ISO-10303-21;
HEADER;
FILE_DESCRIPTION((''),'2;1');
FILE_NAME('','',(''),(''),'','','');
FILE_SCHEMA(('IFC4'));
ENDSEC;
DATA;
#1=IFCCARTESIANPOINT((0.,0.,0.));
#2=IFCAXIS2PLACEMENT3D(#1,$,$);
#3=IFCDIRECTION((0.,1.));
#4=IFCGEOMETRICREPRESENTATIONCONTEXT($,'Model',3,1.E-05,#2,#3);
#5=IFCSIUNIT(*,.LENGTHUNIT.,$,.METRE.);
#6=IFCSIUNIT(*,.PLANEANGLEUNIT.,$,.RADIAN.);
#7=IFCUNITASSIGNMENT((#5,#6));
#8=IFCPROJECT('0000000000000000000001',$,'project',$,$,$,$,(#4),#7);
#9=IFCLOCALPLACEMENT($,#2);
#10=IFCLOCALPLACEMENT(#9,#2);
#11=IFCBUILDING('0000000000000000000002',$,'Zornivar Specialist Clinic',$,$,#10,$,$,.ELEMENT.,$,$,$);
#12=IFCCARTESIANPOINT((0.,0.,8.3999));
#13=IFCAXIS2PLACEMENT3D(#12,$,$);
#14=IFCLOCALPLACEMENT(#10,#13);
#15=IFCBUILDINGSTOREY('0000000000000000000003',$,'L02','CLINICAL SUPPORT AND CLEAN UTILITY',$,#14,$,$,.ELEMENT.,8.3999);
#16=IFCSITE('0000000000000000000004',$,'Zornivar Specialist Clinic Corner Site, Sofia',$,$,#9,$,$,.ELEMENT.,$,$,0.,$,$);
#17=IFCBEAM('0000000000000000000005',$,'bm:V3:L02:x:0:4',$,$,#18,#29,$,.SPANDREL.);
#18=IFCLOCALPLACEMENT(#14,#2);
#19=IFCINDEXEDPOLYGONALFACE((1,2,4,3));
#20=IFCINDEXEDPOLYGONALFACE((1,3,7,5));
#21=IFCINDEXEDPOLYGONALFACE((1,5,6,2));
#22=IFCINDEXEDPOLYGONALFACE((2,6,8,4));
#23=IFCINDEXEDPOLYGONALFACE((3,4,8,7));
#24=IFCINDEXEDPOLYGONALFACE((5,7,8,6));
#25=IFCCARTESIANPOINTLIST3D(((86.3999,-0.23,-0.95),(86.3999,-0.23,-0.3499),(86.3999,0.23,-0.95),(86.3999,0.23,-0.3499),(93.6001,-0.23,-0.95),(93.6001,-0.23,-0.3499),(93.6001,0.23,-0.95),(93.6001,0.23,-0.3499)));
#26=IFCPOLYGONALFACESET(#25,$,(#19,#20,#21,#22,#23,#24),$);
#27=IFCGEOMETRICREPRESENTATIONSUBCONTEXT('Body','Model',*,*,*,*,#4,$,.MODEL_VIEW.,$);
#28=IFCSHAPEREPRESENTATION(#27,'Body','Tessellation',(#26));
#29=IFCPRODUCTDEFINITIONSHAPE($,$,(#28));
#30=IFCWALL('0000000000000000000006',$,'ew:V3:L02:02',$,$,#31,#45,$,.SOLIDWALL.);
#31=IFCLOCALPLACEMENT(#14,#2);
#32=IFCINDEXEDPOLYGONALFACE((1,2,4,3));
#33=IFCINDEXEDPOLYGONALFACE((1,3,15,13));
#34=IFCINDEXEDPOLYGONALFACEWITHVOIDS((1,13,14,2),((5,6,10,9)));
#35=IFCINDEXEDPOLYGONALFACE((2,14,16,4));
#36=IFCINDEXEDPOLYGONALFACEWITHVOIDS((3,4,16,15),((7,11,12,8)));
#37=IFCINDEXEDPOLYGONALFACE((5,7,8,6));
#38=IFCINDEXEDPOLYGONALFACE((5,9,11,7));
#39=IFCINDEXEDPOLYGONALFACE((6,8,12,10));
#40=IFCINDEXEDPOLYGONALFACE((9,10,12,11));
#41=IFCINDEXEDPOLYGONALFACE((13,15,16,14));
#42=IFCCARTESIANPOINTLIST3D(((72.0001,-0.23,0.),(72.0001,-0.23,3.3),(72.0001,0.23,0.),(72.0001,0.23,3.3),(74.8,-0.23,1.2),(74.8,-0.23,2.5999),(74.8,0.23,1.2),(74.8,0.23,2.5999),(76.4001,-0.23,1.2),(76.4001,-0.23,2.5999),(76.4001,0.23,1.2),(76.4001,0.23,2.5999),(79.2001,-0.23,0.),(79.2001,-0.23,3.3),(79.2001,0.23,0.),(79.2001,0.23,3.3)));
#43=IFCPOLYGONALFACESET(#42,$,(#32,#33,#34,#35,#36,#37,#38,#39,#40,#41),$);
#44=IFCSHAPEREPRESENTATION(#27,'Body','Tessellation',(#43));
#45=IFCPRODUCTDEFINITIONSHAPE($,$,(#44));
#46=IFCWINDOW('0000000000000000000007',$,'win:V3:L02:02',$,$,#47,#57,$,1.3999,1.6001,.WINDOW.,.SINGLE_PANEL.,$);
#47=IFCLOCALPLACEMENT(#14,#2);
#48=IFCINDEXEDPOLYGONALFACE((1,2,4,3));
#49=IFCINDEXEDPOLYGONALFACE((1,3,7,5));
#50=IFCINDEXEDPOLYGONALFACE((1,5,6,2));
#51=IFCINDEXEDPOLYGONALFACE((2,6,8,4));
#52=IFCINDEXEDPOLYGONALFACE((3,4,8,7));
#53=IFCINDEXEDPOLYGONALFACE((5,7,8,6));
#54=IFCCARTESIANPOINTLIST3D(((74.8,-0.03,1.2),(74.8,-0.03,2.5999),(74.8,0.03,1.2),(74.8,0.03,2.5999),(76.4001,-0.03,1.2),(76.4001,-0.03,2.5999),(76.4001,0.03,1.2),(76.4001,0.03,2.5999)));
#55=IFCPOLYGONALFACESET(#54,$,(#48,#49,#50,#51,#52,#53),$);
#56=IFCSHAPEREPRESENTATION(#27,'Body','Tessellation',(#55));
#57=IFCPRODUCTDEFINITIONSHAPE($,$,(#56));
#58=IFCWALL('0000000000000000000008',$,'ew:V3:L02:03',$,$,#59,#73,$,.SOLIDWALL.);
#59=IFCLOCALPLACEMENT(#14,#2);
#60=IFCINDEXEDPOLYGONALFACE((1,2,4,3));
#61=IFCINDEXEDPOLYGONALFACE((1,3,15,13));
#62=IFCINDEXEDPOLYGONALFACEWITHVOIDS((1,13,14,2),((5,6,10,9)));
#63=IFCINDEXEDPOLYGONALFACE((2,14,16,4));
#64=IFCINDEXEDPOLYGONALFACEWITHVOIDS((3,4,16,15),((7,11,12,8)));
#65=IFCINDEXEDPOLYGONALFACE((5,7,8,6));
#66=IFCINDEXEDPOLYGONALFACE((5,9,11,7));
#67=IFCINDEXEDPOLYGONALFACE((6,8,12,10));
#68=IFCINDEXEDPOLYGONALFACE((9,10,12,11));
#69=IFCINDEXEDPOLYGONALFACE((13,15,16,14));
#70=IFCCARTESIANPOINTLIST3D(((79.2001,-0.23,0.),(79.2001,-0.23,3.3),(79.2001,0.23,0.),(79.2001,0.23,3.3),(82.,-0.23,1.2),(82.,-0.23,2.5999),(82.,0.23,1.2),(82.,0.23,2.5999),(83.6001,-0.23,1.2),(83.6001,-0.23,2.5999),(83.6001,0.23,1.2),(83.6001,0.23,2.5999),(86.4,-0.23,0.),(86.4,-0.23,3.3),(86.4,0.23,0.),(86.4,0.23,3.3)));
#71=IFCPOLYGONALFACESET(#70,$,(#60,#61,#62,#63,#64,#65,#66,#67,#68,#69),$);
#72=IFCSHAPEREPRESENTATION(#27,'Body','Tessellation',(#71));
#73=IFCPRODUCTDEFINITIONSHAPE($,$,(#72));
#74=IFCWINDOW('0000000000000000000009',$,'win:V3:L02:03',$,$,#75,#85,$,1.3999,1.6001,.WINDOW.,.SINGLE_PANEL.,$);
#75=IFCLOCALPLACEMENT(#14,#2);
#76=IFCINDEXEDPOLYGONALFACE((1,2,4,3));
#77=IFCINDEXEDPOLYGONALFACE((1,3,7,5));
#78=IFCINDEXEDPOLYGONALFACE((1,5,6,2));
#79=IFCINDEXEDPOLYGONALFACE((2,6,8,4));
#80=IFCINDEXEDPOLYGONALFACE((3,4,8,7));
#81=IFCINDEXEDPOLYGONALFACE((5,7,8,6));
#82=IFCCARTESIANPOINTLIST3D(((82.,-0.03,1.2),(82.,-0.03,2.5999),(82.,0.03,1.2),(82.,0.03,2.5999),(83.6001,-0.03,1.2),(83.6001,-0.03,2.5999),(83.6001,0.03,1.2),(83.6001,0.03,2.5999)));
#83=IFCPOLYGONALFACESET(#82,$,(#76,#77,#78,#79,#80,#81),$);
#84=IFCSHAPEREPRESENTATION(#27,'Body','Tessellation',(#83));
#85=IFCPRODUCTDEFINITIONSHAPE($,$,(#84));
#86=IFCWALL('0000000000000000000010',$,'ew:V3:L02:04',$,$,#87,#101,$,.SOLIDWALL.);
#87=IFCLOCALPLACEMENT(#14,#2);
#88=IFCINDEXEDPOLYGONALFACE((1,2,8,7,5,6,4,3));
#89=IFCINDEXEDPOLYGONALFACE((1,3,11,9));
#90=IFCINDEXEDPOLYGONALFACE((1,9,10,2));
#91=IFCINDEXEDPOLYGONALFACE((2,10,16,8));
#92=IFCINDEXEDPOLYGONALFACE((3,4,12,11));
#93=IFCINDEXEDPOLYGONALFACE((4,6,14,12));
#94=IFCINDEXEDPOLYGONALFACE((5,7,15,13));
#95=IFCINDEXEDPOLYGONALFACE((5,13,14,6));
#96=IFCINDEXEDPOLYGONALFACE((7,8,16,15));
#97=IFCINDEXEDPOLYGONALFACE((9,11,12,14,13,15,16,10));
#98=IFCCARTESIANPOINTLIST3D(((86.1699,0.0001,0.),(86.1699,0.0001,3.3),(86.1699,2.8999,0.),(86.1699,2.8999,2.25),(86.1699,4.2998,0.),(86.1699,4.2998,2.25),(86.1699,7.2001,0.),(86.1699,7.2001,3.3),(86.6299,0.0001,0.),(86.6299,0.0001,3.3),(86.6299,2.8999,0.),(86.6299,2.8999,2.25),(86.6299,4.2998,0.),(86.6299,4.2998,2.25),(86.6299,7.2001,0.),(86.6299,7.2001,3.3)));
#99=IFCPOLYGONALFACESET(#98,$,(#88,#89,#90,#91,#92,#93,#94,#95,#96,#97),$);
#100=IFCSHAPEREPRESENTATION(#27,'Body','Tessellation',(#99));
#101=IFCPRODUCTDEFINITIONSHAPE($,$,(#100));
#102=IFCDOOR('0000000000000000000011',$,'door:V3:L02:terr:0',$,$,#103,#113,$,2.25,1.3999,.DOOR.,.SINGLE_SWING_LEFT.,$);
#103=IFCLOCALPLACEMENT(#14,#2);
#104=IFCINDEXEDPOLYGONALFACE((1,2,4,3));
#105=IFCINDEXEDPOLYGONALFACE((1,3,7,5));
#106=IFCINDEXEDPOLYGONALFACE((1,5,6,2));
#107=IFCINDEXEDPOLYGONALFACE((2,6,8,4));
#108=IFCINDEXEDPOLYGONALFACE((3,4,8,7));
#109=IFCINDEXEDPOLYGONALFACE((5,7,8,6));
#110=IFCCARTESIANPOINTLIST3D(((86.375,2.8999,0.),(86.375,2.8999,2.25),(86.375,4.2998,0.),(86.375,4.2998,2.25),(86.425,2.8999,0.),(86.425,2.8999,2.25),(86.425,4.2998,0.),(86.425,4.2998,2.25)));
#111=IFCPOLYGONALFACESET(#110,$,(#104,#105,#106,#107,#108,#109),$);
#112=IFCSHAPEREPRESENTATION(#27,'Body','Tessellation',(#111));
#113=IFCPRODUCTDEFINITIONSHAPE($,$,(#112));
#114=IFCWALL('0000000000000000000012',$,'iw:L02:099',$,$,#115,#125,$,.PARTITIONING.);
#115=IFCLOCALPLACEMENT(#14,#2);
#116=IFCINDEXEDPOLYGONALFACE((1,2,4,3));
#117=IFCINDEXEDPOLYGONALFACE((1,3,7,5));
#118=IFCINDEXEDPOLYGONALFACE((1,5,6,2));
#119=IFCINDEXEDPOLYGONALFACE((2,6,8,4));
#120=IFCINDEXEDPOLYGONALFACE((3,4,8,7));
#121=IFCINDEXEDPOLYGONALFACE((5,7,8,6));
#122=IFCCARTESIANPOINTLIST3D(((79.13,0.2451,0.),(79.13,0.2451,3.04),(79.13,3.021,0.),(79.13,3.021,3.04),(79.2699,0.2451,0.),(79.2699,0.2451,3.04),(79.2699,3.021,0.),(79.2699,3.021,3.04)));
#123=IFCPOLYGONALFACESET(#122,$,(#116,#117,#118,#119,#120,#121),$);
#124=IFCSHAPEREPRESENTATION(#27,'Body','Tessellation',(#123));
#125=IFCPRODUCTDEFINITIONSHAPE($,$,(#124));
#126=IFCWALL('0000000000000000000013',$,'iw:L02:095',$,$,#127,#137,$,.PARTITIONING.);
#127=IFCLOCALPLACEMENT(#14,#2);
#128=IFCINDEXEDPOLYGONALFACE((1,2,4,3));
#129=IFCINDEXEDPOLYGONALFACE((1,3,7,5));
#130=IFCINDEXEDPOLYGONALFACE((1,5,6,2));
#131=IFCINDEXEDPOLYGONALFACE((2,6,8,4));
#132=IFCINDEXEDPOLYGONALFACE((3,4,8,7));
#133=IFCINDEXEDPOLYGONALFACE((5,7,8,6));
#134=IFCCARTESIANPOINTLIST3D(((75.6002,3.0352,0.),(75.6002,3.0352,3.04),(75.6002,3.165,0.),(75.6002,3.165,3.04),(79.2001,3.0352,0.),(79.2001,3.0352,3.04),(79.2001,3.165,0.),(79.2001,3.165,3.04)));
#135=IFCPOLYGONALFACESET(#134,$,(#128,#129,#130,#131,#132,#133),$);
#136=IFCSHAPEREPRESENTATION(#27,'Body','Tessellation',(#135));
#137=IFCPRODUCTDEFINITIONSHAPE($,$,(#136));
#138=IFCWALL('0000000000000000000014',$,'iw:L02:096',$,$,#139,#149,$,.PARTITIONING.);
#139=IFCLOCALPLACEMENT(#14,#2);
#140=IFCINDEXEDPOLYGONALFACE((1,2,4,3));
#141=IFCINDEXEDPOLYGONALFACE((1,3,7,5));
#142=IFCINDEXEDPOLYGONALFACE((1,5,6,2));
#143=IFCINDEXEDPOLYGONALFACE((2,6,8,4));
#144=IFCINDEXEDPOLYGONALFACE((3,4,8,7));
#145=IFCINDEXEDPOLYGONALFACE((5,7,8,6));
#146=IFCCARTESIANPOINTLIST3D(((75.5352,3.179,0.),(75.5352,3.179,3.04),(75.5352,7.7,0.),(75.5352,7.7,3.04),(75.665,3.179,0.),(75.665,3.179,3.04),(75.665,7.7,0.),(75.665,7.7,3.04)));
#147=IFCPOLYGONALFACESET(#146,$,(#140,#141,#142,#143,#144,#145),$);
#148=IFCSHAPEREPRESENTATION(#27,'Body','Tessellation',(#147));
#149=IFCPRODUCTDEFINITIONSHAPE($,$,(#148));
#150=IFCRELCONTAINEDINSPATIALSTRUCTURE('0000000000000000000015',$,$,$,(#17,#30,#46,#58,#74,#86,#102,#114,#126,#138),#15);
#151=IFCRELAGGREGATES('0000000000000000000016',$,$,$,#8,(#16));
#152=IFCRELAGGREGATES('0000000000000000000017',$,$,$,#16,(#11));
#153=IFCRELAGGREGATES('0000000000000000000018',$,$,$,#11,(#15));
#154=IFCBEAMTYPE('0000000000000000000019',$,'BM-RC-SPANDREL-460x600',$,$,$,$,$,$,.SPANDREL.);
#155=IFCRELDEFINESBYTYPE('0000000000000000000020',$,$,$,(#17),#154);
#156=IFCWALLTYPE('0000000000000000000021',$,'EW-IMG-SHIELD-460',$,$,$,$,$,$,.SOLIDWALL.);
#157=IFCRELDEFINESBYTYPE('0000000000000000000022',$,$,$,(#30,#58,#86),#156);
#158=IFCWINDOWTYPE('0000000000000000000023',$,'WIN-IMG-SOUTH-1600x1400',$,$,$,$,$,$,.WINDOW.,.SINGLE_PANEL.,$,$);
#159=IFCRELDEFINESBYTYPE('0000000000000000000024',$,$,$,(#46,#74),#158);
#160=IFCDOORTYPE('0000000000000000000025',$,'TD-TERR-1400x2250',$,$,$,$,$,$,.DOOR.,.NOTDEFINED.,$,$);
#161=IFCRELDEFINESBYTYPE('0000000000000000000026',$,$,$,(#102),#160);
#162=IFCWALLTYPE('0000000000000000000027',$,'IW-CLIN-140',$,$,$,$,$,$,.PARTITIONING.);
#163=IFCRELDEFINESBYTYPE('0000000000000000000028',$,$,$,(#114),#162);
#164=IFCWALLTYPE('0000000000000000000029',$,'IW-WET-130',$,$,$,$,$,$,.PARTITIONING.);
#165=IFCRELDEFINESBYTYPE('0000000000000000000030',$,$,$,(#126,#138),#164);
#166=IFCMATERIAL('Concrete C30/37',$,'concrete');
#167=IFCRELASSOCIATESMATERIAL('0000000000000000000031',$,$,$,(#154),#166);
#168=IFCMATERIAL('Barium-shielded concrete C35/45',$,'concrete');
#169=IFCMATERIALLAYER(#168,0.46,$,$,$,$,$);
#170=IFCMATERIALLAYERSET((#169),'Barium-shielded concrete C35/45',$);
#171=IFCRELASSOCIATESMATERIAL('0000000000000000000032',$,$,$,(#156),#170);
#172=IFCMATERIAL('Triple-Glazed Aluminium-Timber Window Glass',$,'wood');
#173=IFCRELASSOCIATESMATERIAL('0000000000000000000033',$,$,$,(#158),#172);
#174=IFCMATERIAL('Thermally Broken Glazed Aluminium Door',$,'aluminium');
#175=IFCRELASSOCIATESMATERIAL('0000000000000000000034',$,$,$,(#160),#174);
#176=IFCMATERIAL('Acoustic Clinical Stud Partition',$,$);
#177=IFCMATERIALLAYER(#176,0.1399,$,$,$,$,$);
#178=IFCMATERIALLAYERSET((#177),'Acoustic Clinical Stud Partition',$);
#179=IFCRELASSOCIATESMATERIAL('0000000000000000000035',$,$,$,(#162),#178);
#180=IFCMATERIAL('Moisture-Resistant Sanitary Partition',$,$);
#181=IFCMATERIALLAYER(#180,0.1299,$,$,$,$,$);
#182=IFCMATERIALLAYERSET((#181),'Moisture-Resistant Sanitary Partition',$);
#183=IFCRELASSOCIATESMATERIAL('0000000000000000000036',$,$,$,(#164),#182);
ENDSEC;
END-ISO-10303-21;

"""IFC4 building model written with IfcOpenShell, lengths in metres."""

from ifc_helpers import new_model, si_unit, direction, frame, frame_2d, origin, origin_2d, place, context, subcontext, project, spatial, rectangle, extrude, material, layer, layer_set, material_profile, profile_set, type_object, element, fill, save


model = new_model("IFC4")

# Units and contexts
model_context = context("Model", 3, precision=1e-05, world=origin(), true_north=direction((0.0, 1.0)))
body_context = subcontext(model_context, "Body", "Model", "MODEL_VIEW")
ifc_project = project(units=[si_unit("LENGTHUNIT", "METRE"), si_unit("PLANEANGLEUNIT", "RADIAN")], contexts=[model_context])

# Site, building, storey
site_placement = place(None, origin())
site = spatial("IfcSite", under=ifc_project, at=site_placement, Name="Zornivar Specialist Clinic Corner Site, Sofia", CompositionType="ELEMENT", RefElevation=0.0)
building_placement = place(site_placement, origin())
building = spatial("IfcBuilding", under=site, at=building_placement, Name="Zornivar Specialist Clinic", CompositionType="ELEMENT")
storey_placement = place(building_placement, frame((0.0, 0.0, 8.3999)))
storey = spatial("IfcBuildingStorey", under=building, at=storey_placement, Name="L02", Description="CLINICAL SUPPORT AND CLEAN UTILITY", CompositionType="ELEMENT", Elevation=8.3999)

# Beam
ifc_material_1 = material(Name="Concrete C30/37", Category="concrete")
ifc_material_profile_1 = material_profile(ifc_material_1, rectangle(XDim=0.46, YDim=0.6001, at=origin_2d()), Name="RC 460x600")
ifc_profile_set_1 = profile_set([ifc_material_profile_1], Name="Concrete C30/37")
beam_type_1 = type_object("IfcBeamType", Name="BM-RC-SPANDREL-460x600", PredefinedType="SPANDREL", material=ifc_profile_set_1)
beam_1_placement = place(storey_placement, frame((86.3999, 0.0, -0.6499), z_axis=(1.0, 0.0, 0.0), x_axis=(0.0, 1.0, 0.0)))
element("IfcBeam", 1, at=beam_1_placement, inside=storey, type_object=beam_type_1, Name="bm:V3:L02:x:0:4", PredefinedType="SPANDREL", context=body_context, shape_type="SweptSolid", body=[
    extrude(rectangle(XDim=0.46, YDim=0.6001, at=origin_2d()), origin(), (0.0, 0.0, 1.0), 7.2002),
])

# Walls, openings, windows
ifc_material_2 = material(Name="Barium-shielded concrete C35/45", Category="concrete")
ifc_layer_1 = layer(ifc_material_2, 0.46)
ifc_layer_set_1 = layer_set([ifc_layer_1], Name="Barium-shielded concrete C35/45")
wall_type_1 = type_object("IfcWallType", Name="EW-IMG-SHIELD-460", PredefinedType="SOLIDWALL", material=ifc_layer_set_1)
wall_1_placement = place(storey_placement, frame((72.0, 0.0, 0.0), z_axis=(0.0, 0.0, 1.0), x_axis=(1.0, 0.0, 0.0)))
wall_1 = element("IfcWall", 2, at=wall_1_placement, inside=storey, type_object=wall_type_1, Name="ew:V3:L02:02", PredefinedType="SOLIDWALL", context=body_context, shape_type="SweptSolid", body=[
    extrude(rectangle(XDim=7.2, YDim=0.46, at=frame_2d((3.6001, 0.0))), origin(), (0.0, 0.0, 1.0), 3.3),
])
opening_1_placement = place(wall_1_placement, frame((2.8, 0.0, 1.2)))
opening_1 = element("IfcOpeningElement", 3, at=opening_1_placement, cuts=wall_1, PredefinedType="OPENING", context=body_context, shape_type="SweptSolid", body=[
    extrude(rectangle(XDim=1.6001, YDim=1.3999, at=frame_2d((0.8, 0.7))), frame((0.0, 0.24, 0.0), z_axis=(0.0, -1.0, 0.0), x_axis=(1.0, 0.0, 0.0)), (0.0, 0.0, 1.0), 0.48),
])
ifc_material_3 = material(Name="Triple-Glazed Aluminium-Timber Window Glass", Category="wood")
window_type = type_object("IfcWindowType", Name="WIN-IMG-SOUTH-1600x1400", PartitioningType="SINGLE_PANEL", PredefinedType="WINDOW", material=ifc_material_3)
window_1_placement = place(opening_1_placement, origin())
window_1 = element("IfcWindow", 4, at=window_1_placement, inside=storey, type_object=window_type, Name="win:V3:L02:02", OverallHeight=1.3999, OverallWidth=1.6001, PartitioningType="SINGLE_PANEL", PredefinedType="WINDOW", context=body_context, shape_type="SweptSolid", body=[
    extrude(rectangle(XDim=1.6001, YDim=1.3999, at=frame_2d((0.8, 0.7))), frame((0.0, 0.03, 0.0), z_axis=(0.0, -1.0, 0.0), x_axis=(1.0, 0.0, 0.0)), (0.0, 0.0, 1.0), 0.0601),
])
fill(opening_1, window_1)
wall_2_placement = place(storey_placement, frame((79.2, 0.0, 0.0), z_axis=(0.0, 0.0, 1.0), x_axis=(1.0, 0.0, 0.0)))
wall_2 = element("IfcWall", 5, at=wall_2_placement, inside=storey, type_object=wall_type_1, Name="ew:V3:L02:03", PredefinedType="SOLIDWALL", context=body_context, shape_type="SweptSolid", body=[
    extrude(rectangle(XDim=7.2, YDim=0.46, at=frame_2d((3.6001, 0.0))), origin(), (0.0, 0.0, 1.0), 3.3),
])
opening_2_placement = place(wall_2_placement, frame((2.8, 0.0, 1.2)))
opening_2 = element("IfcOpeningElement", 6, at=opening_2_placement, cuts=wall_2, PredefinedType="OPENING", context=body_context, shape_type="SweptSolid", body=[
    extrude(rectangle(XDim=1.6001, YDim=1.3999, at=frame_2d((0.8, 0.7))), frame((0.0, 0.24, 0.0), z_axis=(0.0, -1.0, 0.0), x_axis=(1.0, 0.0, 0.0)), (0.0, 0.0, 1.0), 0.48),
])
window_2_placement = place(opening_2_placement, origin())
window_2 = element("IfcWindow", 7, at=window_2_placement, inside=storey, type_object=window_type, Name="win:V3:L02:03", OverallHeight=1.3999, OverallWidth=1.6001, PartitioningType="SINGLE_PANEL", PredefinedType="WINDOW", context=body_context, shape_type="SweptSolid", body=[
    extrude(rectangle(XDim=1.6001, YDim=1.3999, at=frame_2d((0.8, 0.7))), frame((0.0, 0.03, 0.0), z_axis=(0.0, -1.0, 0.0), x_axis=(1.0, 0.0, 0.0)), (0.0, 0.0, 1.0), 0.0601),
])
fill(opening_2, window_2)

# Wall, opening, door
wall_3_placement = place(storey_placement, frame((86.3999, 0.0, 0.0), z_axis=(0.0, 0.0, 1.0), x_axis=(0.0, 1.0, 0.0)))
wall_3 = element("IfcWall", 8, at=wall_3_placement, inside=storey, type_object=wall_type_1, Name="ew:V3:L02:04", PredefinedType="SOLIDWALL", context=body_context, shape_type="SweptSolid", body=[
    extrude(rectangle(XDim=7.2, YDim=0.46, at=frame_2d((3.6001, 0.0))), origin(), (0.0, 0.0, 1.0), 3.3),
])
opening_3_placement = place(wall_3_placement, frame((2.8999, 0.0, 0.0)))
opening_3 = element("IfcOpeningElement", 9, at=opening_3_placement, cuts=wall_3, PredefinedType="OPENING", context=body_context, shape_type="SweptSolid", body=[
    extrude(rectangle(XDim=1.3999, YDim=2.25, at=frame_2d((0.7, 1.125))), frame((0.0, 0.24, 0.0), z_axis=(0.0, -1.0, 0.0), x_axis=(1.0, 0.0, 0.0)), (0.0, 0.0, 1.0), 0.48),
])
ifc_material_4 = material(Name="Thermally Broken Glazed Aluminium Door", Category="aluminium")
door_type = type_object("IfcDoorType", Name="TD-TERR-1400x2250", OperationType="NOTDEFINED", PredefinedType="DOOR", material=ifc_material_4)
door_placement = place(opening_3_placement, origin())
door = element("IfcDoor", 10, at=door_placement, inside=storey, type_object=door_type, Name="door:V3:L02:terr:0", OperationType="SINGLE_SWING_LEFT", OverallHeight=2.25, OverallWidth=1.3999, PredefinedType="DOOR", context=body_context, shape_type="SweptSolid", body=[
    extrude(rectangle(XDim=1.3999, YDim=2.25, at=frame_2d((0.7, 1.125))), frame((0.0, 0.0249, 0.0), z_axis=(0.0, -1.0, 0.0), x_axis=(1.0, 0.0, 0.0)), (0.0, 0.0, 1.0), 0.05),
])
fill(opening_3, door)

# Walls
ifc_material_5 = material(Name="Acoustic Clinical Stud Partition")
ifc_layer_2 = layer(ifc_material_5, 0.1399)
ifc_layer_set_2 = layer_set([ifc_layer_2], Name="Acoustic Clinical Stud Partition")
wall_type_2 = type_object("IfcWallType", Name="IW-CLIN-140", PredefinedType="PARTITIONING", material=ifc_layer_set_2)
wall_4_placement = place(storey_placement, frame((79.2, 3.021, 0.0), z_axis=(0.0, 0.0, 1.0), x_axis=(0.0, -1.0, 0.0)))
element("IfcWall", 11, at=wall_4_placement, inside=storey, type_object=wall_type_2, Name="iw:L02:099", PredefinedType="PARTITIONING", context=body_context, shape_type="SweptSolid", body=[
    extrude(rectangle(XDim=2.7759, YDim=0.1399, at=frame_2d((1.3879, 0.0))), origin(), (0.0, 0.0, 1.0), 3.04),
])
ifc_material_6 = material(Name="Moisture-Resistant Sanitary Partition")
ifc_layer_3 = layer(ifc_material_6, 0.1299)
ifc_layer_set_3 = layer_set([ifc_layer_3], Name="Moisture-Resistant Sanitary Partition")
wall_type_3 = type_object("IfcWallType", Name="IW-WET-130", PredefinedType="PARTITIONING", material=ifc_layer_set_3)
wall_5_placement = place(storey_placement, frame((79.2, 3.1001, 0.0), z_axis=(0.0, 0.0, 1.0), x_axis=(-1.0, 0.0, 0.0)))
element("IfcWall", 12, at=wall_5_placement, inside=storey, type_object=wall_type_3, Name="iw:L02:095", PredefinedType="PARTITIONING", context=body_context, shape_type="SweptSolid", body=[
    extrude(rectangle(XDim=3.5999, YDim=0.1299, at=frame_2d((1.7998, 0.0))), origin(), (0.0, 0.0, 1.0), 3.04),
])
wall_6_placement = place(storey_placement, frame((75.6001, 3.179, 0.0), z_axis=(0.0, 0.0, 1.0), x_axis=(0.0, 1.0, 0.0)))
element("IfcWall", 13, at=wall_6_placement, inside=storey, type_object=wall_type_3, Name="iw:L02:096", PredefinedType="PARTITIONING", context=body_context, shape_type="SweptSolid", body=[
    extrude(rectangle(XDim=4.521, YDim=0.1299, at=frame_2d((2.2605, 0.0))), origin(), (0.0, 0.0, 1.0), 3.04),
])

save(model, "model.ifc")
